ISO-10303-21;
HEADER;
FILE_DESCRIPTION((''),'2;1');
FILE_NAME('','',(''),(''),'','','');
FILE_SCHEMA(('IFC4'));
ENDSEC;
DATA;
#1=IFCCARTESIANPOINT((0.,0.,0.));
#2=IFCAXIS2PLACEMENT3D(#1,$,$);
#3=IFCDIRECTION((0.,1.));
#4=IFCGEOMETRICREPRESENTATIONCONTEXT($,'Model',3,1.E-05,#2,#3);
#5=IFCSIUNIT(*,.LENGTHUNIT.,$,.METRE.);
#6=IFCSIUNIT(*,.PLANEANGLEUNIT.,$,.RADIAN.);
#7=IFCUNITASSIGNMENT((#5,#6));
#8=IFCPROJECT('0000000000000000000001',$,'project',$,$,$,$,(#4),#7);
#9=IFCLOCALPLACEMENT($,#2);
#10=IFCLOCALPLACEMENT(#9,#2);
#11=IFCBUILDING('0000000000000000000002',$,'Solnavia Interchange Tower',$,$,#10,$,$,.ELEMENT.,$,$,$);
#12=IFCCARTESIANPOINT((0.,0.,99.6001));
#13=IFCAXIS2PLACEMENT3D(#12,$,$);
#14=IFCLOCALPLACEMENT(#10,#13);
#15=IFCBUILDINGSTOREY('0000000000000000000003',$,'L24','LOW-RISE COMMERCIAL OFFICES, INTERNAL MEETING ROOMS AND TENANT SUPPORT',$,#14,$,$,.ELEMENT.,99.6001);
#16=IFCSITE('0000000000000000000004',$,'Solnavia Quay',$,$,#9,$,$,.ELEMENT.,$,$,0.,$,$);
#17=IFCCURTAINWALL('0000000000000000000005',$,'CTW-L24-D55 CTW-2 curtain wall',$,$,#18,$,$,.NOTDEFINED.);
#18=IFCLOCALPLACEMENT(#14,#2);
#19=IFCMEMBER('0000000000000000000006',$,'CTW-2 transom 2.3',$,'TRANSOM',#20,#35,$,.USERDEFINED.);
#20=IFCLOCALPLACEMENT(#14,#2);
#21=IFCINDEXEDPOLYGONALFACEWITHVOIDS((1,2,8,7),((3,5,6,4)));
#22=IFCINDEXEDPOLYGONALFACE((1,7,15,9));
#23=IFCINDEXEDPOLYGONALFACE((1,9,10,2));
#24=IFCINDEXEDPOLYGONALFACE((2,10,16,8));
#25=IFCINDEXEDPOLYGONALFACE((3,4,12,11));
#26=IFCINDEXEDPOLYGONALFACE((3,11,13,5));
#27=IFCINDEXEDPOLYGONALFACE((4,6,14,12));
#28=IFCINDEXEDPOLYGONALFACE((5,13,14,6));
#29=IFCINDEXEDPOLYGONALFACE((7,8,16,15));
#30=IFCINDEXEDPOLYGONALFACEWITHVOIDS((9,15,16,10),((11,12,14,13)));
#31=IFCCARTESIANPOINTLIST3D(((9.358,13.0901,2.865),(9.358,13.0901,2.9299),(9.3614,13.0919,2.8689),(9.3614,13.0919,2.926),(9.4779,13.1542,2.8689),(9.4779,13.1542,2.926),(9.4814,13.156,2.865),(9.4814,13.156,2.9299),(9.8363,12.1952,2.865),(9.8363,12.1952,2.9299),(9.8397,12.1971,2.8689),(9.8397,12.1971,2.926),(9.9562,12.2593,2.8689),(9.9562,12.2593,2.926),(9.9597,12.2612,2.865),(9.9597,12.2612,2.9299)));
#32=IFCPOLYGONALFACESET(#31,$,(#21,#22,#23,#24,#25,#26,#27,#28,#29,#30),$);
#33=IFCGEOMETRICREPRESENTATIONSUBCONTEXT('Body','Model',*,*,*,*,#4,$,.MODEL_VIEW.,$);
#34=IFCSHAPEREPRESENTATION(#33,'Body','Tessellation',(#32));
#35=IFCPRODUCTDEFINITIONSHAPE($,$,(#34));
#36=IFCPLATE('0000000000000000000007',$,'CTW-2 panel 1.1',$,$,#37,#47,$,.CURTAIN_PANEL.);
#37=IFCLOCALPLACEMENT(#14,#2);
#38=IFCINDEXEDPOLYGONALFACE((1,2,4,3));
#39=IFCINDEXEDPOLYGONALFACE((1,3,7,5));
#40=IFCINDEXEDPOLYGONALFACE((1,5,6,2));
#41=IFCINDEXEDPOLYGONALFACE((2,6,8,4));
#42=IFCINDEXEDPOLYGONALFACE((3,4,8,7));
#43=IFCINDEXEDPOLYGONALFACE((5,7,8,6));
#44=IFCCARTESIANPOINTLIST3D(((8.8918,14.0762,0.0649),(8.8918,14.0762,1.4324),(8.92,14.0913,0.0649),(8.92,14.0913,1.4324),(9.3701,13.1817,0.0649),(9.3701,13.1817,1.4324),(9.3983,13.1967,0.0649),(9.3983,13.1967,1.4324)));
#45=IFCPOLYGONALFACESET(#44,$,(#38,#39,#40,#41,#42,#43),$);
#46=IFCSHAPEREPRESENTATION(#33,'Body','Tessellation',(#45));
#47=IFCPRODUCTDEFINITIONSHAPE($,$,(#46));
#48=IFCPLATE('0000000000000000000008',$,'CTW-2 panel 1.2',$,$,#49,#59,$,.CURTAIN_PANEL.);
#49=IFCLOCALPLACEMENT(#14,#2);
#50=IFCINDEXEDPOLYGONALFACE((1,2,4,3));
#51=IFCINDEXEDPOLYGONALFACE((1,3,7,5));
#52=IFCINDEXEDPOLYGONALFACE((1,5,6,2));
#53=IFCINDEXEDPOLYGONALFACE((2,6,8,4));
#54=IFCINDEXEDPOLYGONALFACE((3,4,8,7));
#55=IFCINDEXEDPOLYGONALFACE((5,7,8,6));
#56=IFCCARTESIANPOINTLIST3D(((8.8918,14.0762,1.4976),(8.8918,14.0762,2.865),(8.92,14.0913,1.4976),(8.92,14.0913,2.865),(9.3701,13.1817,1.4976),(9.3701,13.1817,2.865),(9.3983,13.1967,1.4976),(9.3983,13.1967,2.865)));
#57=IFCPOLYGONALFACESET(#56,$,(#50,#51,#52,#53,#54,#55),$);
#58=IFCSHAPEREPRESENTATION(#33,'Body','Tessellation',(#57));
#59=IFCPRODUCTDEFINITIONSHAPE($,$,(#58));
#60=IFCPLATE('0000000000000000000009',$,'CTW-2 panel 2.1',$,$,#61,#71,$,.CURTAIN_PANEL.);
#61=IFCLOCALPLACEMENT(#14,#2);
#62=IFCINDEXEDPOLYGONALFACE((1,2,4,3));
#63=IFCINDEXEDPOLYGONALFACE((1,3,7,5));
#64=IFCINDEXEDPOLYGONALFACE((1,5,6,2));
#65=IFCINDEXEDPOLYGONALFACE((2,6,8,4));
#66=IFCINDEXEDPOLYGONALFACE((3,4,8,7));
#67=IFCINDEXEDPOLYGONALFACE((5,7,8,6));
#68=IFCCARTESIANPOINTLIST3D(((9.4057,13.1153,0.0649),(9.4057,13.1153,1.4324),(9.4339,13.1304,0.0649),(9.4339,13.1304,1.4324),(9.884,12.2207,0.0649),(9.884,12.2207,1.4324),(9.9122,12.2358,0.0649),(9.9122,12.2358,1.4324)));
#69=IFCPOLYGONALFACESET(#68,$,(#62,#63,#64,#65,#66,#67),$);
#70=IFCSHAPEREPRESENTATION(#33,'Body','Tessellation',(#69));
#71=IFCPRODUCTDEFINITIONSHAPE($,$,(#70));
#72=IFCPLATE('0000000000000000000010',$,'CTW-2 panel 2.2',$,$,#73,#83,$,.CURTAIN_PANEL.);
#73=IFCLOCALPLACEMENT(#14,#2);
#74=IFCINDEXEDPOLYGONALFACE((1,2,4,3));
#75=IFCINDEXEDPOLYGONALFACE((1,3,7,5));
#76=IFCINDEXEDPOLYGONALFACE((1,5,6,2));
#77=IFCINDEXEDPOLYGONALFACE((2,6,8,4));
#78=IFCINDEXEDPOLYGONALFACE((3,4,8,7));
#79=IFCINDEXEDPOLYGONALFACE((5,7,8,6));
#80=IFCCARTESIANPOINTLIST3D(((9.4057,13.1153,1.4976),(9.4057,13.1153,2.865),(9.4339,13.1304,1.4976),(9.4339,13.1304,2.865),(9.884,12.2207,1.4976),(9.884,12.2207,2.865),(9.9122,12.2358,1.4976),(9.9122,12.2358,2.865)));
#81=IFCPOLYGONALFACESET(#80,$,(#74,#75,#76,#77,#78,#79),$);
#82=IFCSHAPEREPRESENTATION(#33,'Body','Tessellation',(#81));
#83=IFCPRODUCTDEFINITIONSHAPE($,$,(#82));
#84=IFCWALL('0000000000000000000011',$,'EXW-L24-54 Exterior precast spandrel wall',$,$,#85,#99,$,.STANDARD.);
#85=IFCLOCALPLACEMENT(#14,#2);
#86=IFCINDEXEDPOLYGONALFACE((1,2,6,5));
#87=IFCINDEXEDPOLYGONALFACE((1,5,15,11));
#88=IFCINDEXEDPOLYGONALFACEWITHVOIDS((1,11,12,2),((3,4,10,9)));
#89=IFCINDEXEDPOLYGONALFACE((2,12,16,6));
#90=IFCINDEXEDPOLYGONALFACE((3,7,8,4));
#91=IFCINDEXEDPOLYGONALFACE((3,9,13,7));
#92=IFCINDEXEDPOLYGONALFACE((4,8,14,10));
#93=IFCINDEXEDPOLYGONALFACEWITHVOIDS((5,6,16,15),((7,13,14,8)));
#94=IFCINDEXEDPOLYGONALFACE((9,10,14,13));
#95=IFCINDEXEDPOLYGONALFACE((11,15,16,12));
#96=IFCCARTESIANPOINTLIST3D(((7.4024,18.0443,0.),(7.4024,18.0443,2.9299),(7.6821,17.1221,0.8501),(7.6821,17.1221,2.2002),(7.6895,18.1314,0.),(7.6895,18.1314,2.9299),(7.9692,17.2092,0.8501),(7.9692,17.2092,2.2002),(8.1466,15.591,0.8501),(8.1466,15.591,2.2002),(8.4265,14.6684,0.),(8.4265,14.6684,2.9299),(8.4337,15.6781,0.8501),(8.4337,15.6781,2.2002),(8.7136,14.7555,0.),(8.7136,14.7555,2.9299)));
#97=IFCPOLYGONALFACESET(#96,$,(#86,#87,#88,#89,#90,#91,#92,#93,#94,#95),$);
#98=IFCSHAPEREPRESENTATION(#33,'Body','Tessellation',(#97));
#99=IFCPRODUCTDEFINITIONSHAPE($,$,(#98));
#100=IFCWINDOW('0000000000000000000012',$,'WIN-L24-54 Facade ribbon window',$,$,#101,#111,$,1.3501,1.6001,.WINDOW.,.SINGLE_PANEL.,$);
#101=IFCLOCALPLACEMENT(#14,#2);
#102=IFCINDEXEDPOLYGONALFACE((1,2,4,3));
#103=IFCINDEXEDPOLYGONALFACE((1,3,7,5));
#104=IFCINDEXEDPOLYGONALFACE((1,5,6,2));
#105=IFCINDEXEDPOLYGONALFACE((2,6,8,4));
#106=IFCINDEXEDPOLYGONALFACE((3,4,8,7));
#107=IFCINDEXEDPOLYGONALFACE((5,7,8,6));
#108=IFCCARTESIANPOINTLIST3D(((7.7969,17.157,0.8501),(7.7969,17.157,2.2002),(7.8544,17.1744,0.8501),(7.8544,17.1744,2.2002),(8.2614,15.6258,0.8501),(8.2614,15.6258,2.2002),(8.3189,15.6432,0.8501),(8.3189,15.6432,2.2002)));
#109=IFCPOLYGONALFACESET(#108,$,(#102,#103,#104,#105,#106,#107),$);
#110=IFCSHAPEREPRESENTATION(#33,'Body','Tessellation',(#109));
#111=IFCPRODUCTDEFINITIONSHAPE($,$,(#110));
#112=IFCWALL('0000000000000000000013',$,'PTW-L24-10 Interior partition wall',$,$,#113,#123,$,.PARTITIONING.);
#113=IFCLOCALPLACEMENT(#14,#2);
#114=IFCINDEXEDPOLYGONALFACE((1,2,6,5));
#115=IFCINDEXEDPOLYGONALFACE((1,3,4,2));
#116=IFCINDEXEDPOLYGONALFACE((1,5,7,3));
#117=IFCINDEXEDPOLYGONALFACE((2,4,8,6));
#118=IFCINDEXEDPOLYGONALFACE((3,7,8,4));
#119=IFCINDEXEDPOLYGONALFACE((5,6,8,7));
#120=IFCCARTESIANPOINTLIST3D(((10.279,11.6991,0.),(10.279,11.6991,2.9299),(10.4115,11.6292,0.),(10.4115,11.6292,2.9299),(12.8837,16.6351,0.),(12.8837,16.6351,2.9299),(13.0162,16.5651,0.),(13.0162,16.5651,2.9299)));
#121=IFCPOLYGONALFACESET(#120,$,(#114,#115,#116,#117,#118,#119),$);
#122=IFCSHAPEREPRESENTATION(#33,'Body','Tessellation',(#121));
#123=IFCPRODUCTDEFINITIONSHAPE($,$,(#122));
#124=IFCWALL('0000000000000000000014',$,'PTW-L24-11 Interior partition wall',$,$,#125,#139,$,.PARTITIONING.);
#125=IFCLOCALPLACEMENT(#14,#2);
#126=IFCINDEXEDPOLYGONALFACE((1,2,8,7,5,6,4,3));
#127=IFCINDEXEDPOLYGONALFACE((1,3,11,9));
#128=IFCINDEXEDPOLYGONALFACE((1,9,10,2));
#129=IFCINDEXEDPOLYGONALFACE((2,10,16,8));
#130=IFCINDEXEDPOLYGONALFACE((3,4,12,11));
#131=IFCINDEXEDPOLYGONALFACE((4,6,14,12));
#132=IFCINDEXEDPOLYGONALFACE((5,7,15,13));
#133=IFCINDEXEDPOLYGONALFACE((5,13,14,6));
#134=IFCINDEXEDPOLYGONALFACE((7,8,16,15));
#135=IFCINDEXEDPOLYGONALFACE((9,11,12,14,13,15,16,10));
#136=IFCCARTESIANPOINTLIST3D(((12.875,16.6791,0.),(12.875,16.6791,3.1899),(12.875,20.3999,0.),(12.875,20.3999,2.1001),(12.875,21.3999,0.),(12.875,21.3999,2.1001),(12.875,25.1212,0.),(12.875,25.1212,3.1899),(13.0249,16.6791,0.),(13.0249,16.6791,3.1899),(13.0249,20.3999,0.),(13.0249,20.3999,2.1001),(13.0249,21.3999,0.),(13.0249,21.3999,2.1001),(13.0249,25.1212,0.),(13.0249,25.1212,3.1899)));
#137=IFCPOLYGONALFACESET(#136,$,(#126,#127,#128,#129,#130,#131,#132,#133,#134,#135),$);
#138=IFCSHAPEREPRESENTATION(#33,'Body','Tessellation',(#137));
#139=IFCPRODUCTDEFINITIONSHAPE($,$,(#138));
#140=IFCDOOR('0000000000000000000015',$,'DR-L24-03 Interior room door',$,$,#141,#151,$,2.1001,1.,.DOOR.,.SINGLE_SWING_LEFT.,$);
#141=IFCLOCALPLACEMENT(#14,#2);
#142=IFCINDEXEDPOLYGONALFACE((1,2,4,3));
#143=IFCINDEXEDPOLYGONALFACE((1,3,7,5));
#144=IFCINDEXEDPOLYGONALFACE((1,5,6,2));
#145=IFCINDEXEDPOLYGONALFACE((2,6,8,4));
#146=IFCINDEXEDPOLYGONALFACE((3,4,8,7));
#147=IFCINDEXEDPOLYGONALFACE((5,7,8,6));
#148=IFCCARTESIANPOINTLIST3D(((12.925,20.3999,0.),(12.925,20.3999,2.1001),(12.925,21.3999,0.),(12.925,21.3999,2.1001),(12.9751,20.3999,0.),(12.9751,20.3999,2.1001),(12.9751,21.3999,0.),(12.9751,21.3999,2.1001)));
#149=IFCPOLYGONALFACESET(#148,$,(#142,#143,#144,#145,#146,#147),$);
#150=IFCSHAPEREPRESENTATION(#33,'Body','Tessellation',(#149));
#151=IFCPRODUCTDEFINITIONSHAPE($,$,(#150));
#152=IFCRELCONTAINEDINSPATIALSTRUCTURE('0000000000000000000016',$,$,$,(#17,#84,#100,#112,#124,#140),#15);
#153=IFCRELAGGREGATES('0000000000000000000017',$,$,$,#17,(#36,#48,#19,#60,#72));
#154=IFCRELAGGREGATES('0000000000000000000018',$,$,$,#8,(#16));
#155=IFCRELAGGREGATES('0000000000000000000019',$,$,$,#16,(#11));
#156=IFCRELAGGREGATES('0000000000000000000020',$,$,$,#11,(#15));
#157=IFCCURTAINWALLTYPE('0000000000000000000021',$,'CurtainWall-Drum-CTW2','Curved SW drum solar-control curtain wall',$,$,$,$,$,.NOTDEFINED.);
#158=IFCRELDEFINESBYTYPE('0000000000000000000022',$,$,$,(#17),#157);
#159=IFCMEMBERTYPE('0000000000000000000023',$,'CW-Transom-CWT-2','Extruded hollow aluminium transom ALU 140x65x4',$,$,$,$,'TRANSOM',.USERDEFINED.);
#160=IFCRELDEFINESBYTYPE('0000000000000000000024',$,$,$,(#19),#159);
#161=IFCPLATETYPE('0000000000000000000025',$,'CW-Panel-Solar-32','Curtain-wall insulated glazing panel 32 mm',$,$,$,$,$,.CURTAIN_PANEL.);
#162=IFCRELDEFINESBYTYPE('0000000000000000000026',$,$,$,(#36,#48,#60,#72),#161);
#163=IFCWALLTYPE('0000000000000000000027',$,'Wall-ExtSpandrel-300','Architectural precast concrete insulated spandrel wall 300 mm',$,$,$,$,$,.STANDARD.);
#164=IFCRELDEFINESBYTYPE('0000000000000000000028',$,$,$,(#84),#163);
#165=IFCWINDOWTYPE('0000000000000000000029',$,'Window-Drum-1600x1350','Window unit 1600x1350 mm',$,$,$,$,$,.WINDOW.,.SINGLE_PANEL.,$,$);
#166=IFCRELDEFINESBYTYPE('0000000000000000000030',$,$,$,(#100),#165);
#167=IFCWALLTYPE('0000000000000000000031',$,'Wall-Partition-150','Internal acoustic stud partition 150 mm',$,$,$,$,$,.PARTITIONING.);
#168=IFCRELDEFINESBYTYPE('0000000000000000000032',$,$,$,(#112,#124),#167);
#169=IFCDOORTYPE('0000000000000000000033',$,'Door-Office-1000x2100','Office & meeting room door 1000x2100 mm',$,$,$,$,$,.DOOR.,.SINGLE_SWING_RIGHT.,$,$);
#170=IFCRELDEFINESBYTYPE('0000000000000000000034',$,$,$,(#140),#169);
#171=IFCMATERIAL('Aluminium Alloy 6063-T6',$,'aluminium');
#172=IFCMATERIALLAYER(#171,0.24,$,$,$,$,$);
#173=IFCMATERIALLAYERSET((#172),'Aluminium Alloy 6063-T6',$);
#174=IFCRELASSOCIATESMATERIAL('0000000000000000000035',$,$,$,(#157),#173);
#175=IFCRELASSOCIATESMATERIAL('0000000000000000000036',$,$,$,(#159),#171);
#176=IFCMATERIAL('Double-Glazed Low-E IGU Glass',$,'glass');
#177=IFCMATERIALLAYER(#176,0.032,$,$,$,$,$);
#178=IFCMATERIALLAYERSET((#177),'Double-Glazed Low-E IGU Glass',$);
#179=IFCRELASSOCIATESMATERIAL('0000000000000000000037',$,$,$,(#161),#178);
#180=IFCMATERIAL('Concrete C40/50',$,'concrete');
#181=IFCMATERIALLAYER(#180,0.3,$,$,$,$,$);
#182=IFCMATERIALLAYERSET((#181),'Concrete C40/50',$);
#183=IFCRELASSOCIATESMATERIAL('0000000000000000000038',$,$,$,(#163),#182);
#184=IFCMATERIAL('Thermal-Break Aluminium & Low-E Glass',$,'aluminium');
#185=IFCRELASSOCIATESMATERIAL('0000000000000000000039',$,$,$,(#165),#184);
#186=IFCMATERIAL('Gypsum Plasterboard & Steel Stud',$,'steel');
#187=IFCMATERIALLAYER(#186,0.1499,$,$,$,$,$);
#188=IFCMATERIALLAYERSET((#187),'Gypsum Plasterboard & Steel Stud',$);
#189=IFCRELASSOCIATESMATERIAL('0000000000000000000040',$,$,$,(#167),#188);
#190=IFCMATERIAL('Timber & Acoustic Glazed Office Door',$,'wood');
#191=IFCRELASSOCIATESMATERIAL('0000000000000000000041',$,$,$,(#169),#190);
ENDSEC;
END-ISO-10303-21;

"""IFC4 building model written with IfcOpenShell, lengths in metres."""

from ifc_helpers import new_model, si_unit, direction, frame, frame_2d, origin, origin_2d, place, context, subcontext, project, spatial, rectangle, hollow_rectangle, extrude, material, layer, layer_set, material_profile, profile_set, type_object, element, fill, aggregate, save


model = new_model("IFC4")

# Units and contexts
model_context = context("Model", 3, precision=1e-05, world=origin(), true_north=direction((0.0, 1.0)))
body_context = subcontext(model_context, "Body", "Model", "MODEL_VIEW")
ifc_project = project(units=[si_unit("LENGTHUNIT", "METRE"), si_unit("PLANEANGLEUNIT", "RADIAN")], contexts=[model_context])

# Site, building, storey
site_placement = place(None, origin())
site = spatial("IfcSite", under=ifc_project, at=site_placement, Name="Solnavia Quay", CompositionType="ELEMENT", RefElevation=0.0)
building_placement = place(site_placement, origin())
building = spatial("IfcBuilding", under=site, at=building_placement, Name="Solnavia Interchange Tower", CompositionType="ELEMENT")
storey_placement = place(building_placement, frame((0.0, 0.0, 99.6001)))
storey = spatial("IfcBuildingStorey", under=building, at=storey_placement, Name="L24", Description="LOW-RISE COMMERCIAL OFFICES, INTERNAL MEETING ROOMS AND TENANT SUPPORT", CompositionType="ELEMENT", Elevation=99.6001)

# Shared definitions
ifc_material_1 = material(Name="Aluminium Alloy 6063-T6", Category="aluminium")
ifc_layer_1 = layer(ifc_material_1, 0.24)
ifc_layer_set_1 = layer_set([ifc_layer_1], Name="Aluminium Alloy 6063-T6")
curtain_wall_type = type_object("IfcCurtainWallType", Name="CurtainWall-Drum-CTW2", Description="Curved SW drum solar-control curtain wall", PredefinedType="NOTDEFINED", material=ifc_layer_set_1)

# Curtain wall, member, plates
curtain_wall_1_placement = place(storey_placement, origin())
curtain_wall_1 = element("IfcCurtainWall", 1, at=curtain_wall_1_placement, inside=storey, type_object=curtain_wall_type, Name="CTW-L24-D55 CTW-2 curtain wall", PredefinedType="NOTDEFINED")
ifc_material_profile_1 = material_profile(ifc_material_1, hollow_rectangle(XDim=0.0649, YDim=0.1399, WallThickness=0.0039, at=origin_2d()), Name="ALU 140x65x4")
ifc_profile_set_1 = profile_set([ifc_material_profile_1], Name="Aluminium Alloy 6063-T6")
member_type_1 = type_object("IfcMemberType", Name="CW-Transom-CWT-2", Description="Extruded hollow aluminium transom ALU 140x65x4", ElementType="TRANSOM", PredefinedType="USERDEFINED", material=ifc_profile_set_1)
member_1_placement = place(storey_placement, frame((9.4197, 13.123, 2.8975), z_axis=(0.4714, -0.88192, 0.0), x_axis=(0.0, 0.0, 1.0)))
member_1 = element("IfcMember", 2, at=member_1_placement, type_object=member_type_1, Name="CTW-2 transom 2.3", ObjectType="TRANSOM", PredefinedType="USERDEFINED", context=body_context, shape_type="SweptSolid", body=[
    extrude(hollow_rectangle(XDim=0.0649, YDim=0.1399, WallThickness=0.0039, at=origin_2d()), origin(), (0.0, 0.0, 1.0), 1.0146),
])
ifc_material_2 = material(Name="Double-Glazed Low-E IGU Glass", Category="glass")
ifc_layer_2 = layer(ifc_material_2, 0.032)
ifc_layer_set_2 = layer_set([ifc_layer_2], Name="Double-Glazed Low-E IGU Glass")
plate_type = type_object("IfcPlateType", Name="CW-Panel-Solar-32", Description="Curtain-wall insulated glazing panel 32 mm", PredefinedType="CURTAIN_PANEL", material=ifc_layer_set_2)
plate_1_placement = place(storey_placement, frame((9.145, 13.6365, 0.0649), z_axis=(0.0, 0.0, 1.0), x_axis=(0.471537, -0.881846, 0.0)))
plate_1 = element("IfcPlate", 3, at=plate_1_placement, type_object=plate_type, Name="CTW-2 panel 1.1", PredefinedType="CURTAIN_PANEL", context=body_context, shape_type="SweptSolid", body=[
    extrude(rectangle(XDim=1.0144, YDim=0.032, at=origin_2d()), origin(), (0.0, 0.0, 1.0), 1.3674),
])
plate_2_placement = place(storey_placement, frame((9.145, 13.6365, 1.4976), z_axis=(0.0, 0.0, 1.0), x_axis=(0.471537, -0.881846, 0.0)))
plate_2 = element("IfcPlate", 4, at=plate_2_placement, type_object=plate_type, Name="CTW-2 panel 1.2", PredefinedType="CURTAIN_PANEL", context=body_context, shape_type="SweptSolid", body=[
    extrude(rectangle(XDim=1.0144, YDim=0.032, at=origin_2d()), origin(), (0.0, 0.0, 1.0), 1.3674),
])
plate_3_placement = place(storey_placement, frame((9.6589, 12.6755, 0.0649), z_axis=(0.0, 0.0, 1.0), x_axis=(0.471537, -0.881846, 0.0)))
plate_3 = element("IfcPlate", 5, at=plate_3_placement, type_object=plate_type, Name="CTW-2 panel 2.1", PredefinedType="CURTAIN_PANEL", context=body_context, shape_type="SweptSolid", body=[
    extrude(rectangle(XDim=1.0144, YDim=0.032, at=origin_2d()), origin(), (0.0, 0.0, 1.0), 1.3674),
])
plate_4_placement = place(storey_placement, frame((9.6589, 12.6755, 1.4976), z_axis=(0.0, 0.0, 1.0), x_axis=(0.471537, -0.881846, 0.0)))
plate_4 = element("IfcPlate", 6, at=plate_4_placement, type_object=plate_type, Name="CTW-2 panel 2.2", PredefinedType="CURTAIN_PANEL", context=body_context, shape_type="SweptSolid", body=[
    extrude(rectangle(XDim=1.0144, YDim=0.032, at=origin_2d()), origin(), (0.0, 0.0, 1.0), 1.3674),
])
aggregate(curtain_wall_1, [plate_1, plate_2, member_1, plate_3, plate_4])

# Wall, opening, window
ifc_material_3 = material(Name="Concrete C40/50", Category="concrete")
ifc_layer_3 = layer(ifc_material_3, 0.3)
ifc_layer_set_3 = layer_set([ifc_layer_3], Name="Concrete C40/50")
wall_type_1 = type_object("IfcWallType", Name="Wall-ExtSpandrel-300", Description="Architectural precast concrete insulated spandrel wall 300 mm", PredefinedType="STANDARD", material=ifc_layer_set_3)
wall_1_placement = place(storey_placement, frame((8.5701, 14.7119, 0.0), z_axis=(0.0, 0.0, 1.0), x_axis=(-0.290305, 0.956934, 0.0)))
wall_1 = element("IfcWall", 7, at=wall_1_placement, inside=storey, type_object=wall_type_1, Name="EXW-L24-54 Exterior precast spandrel wall", PredefinedType="STANDARD", context=body_context, shape_type="SweptSolid", body=[
    extrude(rectangle(XDim=3.5278, YDim=0.3, at=frame_2d((1.7639, 0.0))), origin(), (0.0, 0.0, 1.0), 2.9299),
])
opening_1_placement = place(wall_1_placement, frame((0.9641, 0.0, 0.8501)))
opening_1 = element("IfcOpeningElement", 8, at=opening_1_placement, cuts=wall_1, PredefinedType="OPENING", context=body_context, shape_type="SweptSolid", body=[
    extrude(rectangle(XDim=1.6001, YDim=1.3501, at=frame_2d((0.8, 0.675))), frame((0.0, 0.1602, 0.0), z_axis=(0.0, -1.0, 0.0), x_axis=(1.0, 0.0, 0.0)), (0.0, 0.0, 1.0), 0.3201),
])
ifc_material_4 = material(Name="Thermal-Break Aluminium & Low-E Glass", Category="aluminium")
window_type = type_object("IfcWindowType", Name="Window-Drum-1600x1350", Description="Window unit 1600x1350 mm", PartitioningType="SINGLE_PANEL", PredefinedType="WINDOW", material=ifc_material_4)
window_placement = place(opening_1_placement, origin())
window = element("IfcWindow", 9, at=window_placement, inside=storey, type_object=window_type, Name="WIN-L24-54 Facade ribbon window", OverallHeight=1.3501, OverallWidth=1.6001, PartitioningType="SINGLE_PANEL", PredefinedType="WINDOW", context=body_context, shape_type="SweptSolid", body=[
    extrude(rectangle(XDim=1.6001, YDim=1.3501, at=frame_2d((0.8, 0.675))), frame((0.0, 0.03, 0.0), z_axis=(0.0, -1.0, 0.0), x_axis=(1.0, 0.0, 0.0)), (0.0, 0.0, 1.0), 0.0601),
])
fill(opening_1, window)

# Wall
ifc_material_5 = material(Name="Gypsum Plasterboard & Steel Stud", Category="steel")
ifc_layer_4 = layer(ifc_material_5, 0.1499)
ifc_layer_set_4 = layer_set([ifc_layer_4], Name="Gypsum Plasterboard & Steel Stud")
wall_type_2 = type_object("IfcWallType", Name="Wall-Partition-150", Description="Internal acoustic stud partition 150 mm", PredefinedType="PARTITIONING", material=ifc_layer_set_4)
wall_2_placement = place(storey_placement, frame((12.95, 16.6001, 0.0), z_axis=(0.0, 0.0, 1.0), x_axis=(-0.466703, -0.884414, 0.0)))
element("IfcWall", 10, at=wall_2_placement, inside=storey, type_object=wall_type_2, Name="PTW-L24-10 Interior partition wall", PredefinedType="PARTITIONING", context=body_context, shape_type="SweptSolid", body=[
    extrude(rectangle(XDim=5.5811, YDim=0.1499, at=frame_2d((2.7905, 0.0))), origin(), (0.0, 0.0, 1.0), 2.9299),
])

# Wall, opening, door
wall_3_placement = place(storey_placement, frame((12.95, 16.679, 0.0), z_axis=(0.0, 0.0, 1.0), x_axis=(0.0, 1.0, 0.0)))
wall_3 = element("IfcWall", 11, at=wall_3_placement, inside=storey, type_object=wall_type_2, Name="PTW-L24-11 Interior partition wall", PredefinedType="PARTITIONING", context=body_context, shape_type="SweptSolid", body=[
    extrude(rectangle(XDim=8.4421, YDim=0.1499, at=frame_2d((4.2212, 0.0))), origin(), (0.0, 0.0, 1.0), 3.1899),
])
opening_2_placement = place(wall_3_placement, frame((3.7209, 0.0, 0.0)))
opening_2 = element("IfcOpeningElement", 12, at=opening_2_placement, cuts=wall_3, PredefinedType="OPENING", context=body_context, shape_type="SweptSolid", body=[
    extrude(rectangle(XDim=1.0, YDim=2.1001, at=frame_2d((0.5, 1.05))), frame((0.0, 0.085, 0.0), z_axis=(0.0, -1.0, 0.0), x_axis=(1.0, 0.0, 0.0)), (0.0, 0.0, 1.0), 0.1699),
])
ifc_material_6 = material(Name="Timber & Acoustic Glazed Office Door", Category="wood")
door_type = type_object("IfcDoorType", Name="Door-Office-1000x2100", Description="Office & meeting room door 1000x2100 mm", OperationType="SINGLE_SWING_RIGHT", PredefinedType="DOOR", material=ifc_material_6)
door_placement = place(opening_2_placement, origin())
door = element("IfcDoor", 13, at=door_placement, inside=storey, type_object=door_type, Name="DR-L24-03 Interior room door", OperationType="SINGLE_SWING_LEFT", OverallHeight=2.1001, OverallWidth=1.0, PredefinedType="DOOR", context=body_context, shape_type="SweptSolid", body=[
    extrude(rectangle(XDim=1.0, YDim=2.1001, at=frame_2d((0.5, 1.05))), frame((0.0, 0.0249, 0.0), z_axis=(0.0, -1.0, 0.0), x_axis=(1.0, 0.0, 0.0)), (0.0, 0.0, 1.0), 0.05),
])
fill(opening_2, door)

save(model, "model.ifc")
